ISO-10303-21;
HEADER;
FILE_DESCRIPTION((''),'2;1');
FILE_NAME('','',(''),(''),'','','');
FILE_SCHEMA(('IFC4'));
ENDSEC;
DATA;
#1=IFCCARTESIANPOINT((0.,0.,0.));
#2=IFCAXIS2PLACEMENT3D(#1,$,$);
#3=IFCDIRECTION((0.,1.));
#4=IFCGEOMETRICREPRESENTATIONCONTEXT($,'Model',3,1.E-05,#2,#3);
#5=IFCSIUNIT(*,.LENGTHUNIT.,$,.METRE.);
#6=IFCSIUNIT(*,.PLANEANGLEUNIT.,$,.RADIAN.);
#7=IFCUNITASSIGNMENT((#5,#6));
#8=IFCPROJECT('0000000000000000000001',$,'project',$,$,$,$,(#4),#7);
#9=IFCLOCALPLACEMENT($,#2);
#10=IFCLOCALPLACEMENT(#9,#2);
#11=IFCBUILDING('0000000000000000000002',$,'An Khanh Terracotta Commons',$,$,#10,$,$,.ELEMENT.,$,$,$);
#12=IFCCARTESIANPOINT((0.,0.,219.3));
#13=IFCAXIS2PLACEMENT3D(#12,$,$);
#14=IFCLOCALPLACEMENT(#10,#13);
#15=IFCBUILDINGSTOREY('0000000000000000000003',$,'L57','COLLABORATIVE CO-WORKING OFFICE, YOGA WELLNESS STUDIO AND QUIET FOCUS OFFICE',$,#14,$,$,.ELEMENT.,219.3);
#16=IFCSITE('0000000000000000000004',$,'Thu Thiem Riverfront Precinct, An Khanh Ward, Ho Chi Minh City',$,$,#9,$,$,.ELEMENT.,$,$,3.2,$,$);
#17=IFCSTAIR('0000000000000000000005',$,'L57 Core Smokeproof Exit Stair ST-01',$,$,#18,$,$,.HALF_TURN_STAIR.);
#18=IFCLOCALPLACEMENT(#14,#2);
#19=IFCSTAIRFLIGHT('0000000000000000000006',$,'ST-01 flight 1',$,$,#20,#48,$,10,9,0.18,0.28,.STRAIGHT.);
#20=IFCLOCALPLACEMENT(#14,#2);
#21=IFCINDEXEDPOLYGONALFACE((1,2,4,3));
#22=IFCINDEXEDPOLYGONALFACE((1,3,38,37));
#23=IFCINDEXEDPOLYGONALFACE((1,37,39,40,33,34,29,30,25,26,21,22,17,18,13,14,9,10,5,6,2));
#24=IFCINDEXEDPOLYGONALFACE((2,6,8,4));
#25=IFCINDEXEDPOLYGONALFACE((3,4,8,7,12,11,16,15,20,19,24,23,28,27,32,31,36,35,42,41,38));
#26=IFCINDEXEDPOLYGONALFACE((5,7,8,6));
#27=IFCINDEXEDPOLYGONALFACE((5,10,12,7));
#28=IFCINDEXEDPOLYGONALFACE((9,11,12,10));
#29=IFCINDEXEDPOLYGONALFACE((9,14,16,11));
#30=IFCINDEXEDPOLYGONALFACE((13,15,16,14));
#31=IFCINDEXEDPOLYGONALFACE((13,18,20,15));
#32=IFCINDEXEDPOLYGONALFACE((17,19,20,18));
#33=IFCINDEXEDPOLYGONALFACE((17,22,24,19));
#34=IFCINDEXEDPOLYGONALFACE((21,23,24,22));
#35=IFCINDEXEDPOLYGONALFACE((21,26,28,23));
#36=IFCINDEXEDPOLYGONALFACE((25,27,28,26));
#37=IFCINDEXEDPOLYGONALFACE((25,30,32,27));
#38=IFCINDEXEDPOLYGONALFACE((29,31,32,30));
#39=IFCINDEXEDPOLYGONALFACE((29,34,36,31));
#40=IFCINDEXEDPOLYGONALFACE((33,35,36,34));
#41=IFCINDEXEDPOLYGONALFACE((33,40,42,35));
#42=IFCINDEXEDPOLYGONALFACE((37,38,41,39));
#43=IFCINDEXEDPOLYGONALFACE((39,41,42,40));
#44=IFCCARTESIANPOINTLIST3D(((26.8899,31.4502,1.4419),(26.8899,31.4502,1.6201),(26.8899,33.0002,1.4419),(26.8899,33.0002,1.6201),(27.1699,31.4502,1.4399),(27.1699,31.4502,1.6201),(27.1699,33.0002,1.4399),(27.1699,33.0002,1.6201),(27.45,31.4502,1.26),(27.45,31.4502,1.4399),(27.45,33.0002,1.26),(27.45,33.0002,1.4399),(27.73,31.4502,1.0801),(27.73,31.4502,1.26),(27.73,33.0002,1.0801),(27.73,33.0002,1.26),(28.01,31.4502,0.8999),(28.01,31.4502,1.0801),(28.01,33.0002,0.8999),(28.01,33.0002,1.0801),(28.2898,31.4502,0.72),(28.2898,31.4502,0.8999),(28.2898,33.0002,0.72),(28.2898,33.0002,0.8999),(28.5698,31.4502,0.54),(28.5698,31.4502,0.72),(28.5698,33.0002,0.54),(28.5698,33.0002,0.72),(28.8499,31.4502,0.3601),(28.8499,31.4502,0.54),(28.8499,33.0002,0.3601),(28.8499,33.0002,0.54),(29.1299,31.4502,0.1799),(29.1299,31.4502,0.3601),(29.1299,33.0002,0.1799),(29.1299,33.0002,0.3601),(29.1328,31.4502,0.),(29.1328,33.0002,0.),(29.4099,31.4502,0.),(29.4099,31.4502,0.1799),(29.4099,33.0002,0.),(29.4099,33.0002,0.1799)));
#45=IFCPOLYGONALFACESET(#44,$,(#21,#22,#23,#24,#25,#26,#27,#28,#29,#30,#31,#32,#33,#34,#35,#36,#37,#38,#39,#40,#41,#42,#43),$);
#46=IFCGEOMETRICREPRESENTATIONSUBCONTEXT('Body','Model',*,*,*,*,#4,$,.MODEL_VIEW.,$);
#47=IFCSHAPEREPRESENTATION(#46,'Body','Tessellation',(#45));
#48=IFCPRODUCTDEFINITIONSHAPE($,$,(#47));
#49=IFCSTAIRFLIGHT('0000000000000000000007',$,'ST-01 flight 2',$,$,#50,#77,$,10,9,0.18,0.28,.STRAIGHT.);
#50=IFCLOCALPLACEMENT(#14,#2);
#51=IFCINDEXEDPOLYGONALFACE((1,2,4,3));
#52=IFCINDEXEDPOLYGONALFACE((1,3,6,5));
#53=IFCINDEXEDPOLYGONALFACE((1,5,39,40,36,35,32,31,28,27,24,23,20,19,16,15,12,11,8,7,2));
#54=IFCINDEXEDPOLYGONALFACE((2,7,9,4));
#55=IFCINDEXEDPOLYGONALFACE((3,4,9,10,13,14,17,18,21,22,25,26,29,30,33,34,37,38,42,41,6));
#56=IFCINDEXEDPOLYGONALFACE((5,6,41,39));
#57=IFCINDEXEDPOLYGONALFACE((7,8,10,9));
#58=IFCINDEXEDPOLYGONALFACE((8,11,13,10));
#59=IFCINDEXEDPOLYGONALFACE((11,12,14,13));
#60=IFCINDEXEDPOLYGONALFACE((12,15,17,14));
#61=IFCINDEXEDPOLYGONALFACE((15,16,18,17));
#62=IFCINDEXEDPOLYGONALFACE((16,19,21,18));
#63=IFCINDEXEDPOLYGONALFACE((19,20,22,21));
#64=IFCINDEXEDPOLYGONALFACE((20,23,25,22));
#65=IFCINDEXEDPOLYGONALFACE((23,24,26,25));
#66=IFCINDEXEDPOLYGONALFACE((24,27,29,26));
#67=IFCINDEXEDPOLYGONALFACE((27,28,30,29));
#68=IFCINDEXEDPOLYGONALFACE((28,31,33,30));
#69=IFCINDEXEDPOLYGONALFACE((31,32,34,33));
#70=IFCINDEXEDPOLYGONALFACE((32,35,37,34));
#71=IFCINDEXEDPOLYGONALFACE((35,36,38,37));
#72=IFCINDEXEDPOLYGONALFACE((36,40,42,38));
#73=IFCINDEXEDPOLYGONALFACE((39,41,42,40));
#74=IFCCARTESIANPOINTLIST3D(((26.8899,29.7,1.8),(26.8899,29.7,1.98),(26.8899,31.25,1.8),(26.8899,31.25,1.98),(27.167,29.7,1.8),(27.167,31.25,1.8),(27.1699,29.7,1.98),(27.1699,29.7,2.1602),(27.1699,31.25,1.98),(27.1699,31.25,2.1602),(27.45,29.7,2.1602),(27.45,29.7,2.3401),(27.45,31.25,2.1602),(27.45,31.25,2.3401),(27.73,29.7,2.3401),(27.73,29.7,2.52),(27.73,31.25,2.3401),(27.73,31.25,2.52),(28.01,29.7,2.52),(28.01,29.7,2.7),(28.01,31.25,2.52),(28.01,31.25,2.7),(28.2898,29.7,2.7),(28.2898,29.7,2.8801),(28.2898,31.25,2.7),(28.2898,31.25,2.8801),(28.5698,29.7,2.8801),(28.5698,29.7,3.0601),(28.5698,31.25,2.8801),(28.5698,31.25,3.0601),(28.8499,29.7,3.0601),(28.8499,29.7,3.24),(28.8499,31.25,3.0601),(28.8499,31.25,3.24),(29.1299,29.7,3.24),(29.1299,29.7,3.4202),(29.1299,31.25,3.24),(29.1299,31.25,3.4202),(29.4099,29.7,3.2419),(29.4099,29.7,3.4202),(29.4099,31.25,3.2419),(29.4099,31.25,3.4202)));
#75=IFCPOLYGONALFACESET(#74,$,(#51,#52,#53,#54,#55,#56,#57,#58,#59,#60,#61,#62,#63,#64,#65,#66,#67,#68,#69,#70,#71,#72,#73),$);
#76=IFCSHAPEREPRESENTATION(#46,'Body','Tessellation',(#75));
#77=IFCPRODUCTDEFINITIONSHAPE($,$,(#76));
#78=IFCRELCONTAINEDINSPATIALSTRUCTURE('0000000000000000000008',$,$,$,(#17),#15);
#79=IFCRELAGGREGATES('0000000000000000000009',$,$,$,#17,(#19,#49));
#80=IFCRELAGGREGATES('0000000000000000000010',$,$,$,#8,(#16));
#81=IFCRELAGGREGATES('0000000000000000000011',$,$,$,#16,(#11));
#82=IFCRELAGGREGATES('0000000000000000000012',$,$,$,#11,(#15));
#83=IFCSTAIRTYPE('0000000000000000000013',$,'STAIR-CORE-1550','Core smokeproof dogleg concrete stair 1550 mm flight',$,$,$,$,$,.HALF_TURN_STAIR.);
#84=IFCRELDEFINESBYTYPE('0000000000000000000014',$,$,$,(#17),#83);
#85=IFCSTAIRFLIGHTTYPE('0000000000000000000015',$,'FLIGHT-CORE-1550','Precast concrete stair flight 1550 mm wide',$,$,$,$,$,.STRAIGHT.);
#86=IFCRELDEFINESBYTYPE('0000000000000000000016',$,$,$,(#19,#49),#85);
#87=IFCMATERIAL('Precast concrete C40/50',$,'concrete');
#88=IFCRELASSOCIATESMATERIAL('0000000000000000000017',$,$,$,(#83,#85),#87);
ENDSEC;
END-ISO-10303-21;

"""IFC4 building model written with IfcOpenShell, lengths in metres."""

from ifc_helpers import new_model, si_unit, direction, frame, origin, place, context, subcontext, project, spatial, polyline, outline, extrude, material, type_object, element, aggregate, save


model = new_model("IFC4")

# Units and contexts
model_context = context("Model", 3, precision=1e-05, world=origin(), true_north=direction((0.0, 1.0)))
body_context = subcontext(model_context, "Body", "Model", "MODEL_VIEW")
ifc_project = project(units=[si_unit("LENGTHUNIT", "METRE"), si_unit("PLANEANGLEUNIT", "RADIAN")], contexts=[model_context])

# Site, building, storey
site_placement = place(None, origin())
site = spatial("IfcSite", under=ifc_project, at=site_placement, Name="Thu Thiem Riverfront Precinct, An Khanh Ward, Ho Chi Minh City", CompositionType="ELEMENT", RefElevation=3.2)
building_placement = place(site_placement, origin())
building = spatial("IfcBuilding", under=site, at=building_placement, Name="An Khanh Terracotta Commons", CompositionType="ELEMENT")
storey_placement = place(building_placement, frame((0.0, 0.0, 219.3)))
storey = spatial("IfcBuildingStorey", under=building, at=storey_placement, Name="L57", Description="COLLABORATIVE CO-WORKING OFFICE, YOGA WELLNESS STUDIO AND QUIET FOCUS OFFICE", CompositionType="ELEMENT", Elevation=219.3)

# Stair, stair flights
ifc_material_1 = material(Name="Precast concrete C40/50", Category="concrete")
stair_type = type_object("IfcStairType", Name="STAIR-CORE-1550", Description="Core smokeproof dogleg concrete stair 1550 mm flight", PredefinedType="HALF_TURN_STAIR", material=ifc_material_1)
stair_placement = place(storey_placement, origin())
stair = element("IfcStair", 1, at=stair_placement, inside=storey, type_object=stair_type, Name="L57 Core Smokeproof Exit Stair ST-01", PredefinedType="HALF_TURN_STAIR")
stair_flight_type = type_object("IfcStairFlightType", Name="FLIGHT-CORE-1550", Description="Precast concrete stair flight 1550 mm wide", PredefinedType="STRAIGHT", material=ifc_material_1)
stair_flight_1_placement = place(storey_placement, frame((29.4099, 32.2251, 0.0), z_axis=(0.0, 0.0, 1.0), x_axis=(-1.0, 0.0, 0.0)))
stair_flight_1 = element("IfcStairFlight", 2, at=stair_flight_1_placement, type_object=stair_flight_type, Name="ST-01 flight 1", NumberOfRisers=10, NumberOfTreads=9, PredefinedType="STRAIGHT", RiserHeight=0.18, TreadLength=0.28, context=body_context, shape_type="SweptSolid", body=[
    extrude(outline(polyline([(0.0, 0.0), (0.0, 0.1799), (0.28, 0.1799), (0.28, 0.3601), (0.5601, 0.3601), (0.5601, 0.54), (0.8401, 0.54), (0.8401, 0.72), (1.1201, 0.72), (1.1201, 0.8999), (1.3999, 0.8999), (1.3999, 1.0801), (1.6799, 1.0801), (1.6799, 1.26), (1.96, 1.26), (1.96, 1.4399), (2.24, 1.4399), (2.24, 1.6201), (2.52, 1.6201), (2.52, 1.8), (2.52, 1.4419), (0.2771, 0.0), (0.0, 0.0)])), frame((0.0, 0.7749, 0.0), z_axis=(0.0, -1.0, 0.0), x_axis=(1.0, 0.0, 0.0)), (0.0, 0.0, 1.0), 1.55),
])
stair_flight_2_placement = place(storey_placement, frame((26.8899, 30.4751, 1.8), z_axis=(0.0, 0.0, 1.0), x_axis=(1.0, 0.0, 0.0)))
stair_flight_2 = element("IfcStairFlight", 3, at=stair_flight_2_placement, type_object=stair_flight_type, Name="ST-01 flight 2", NumberOfRisers=10, NumberOfTreads=9, PredefinedType="STRAIGHT", RiserHeight=0.18, TreadLength=0.28, context=body_context, shape_type="SweptSolid", body=[
    extrude(outline(polyline([(0.0, 0.0), (0.0, 0.1799), (0.28, 0.1799), (0.28, 0.3601), (0.5601, 0.3601), (0.5601, 0.54), (0.8401, 0.54), (0.8401, 0.72), (1.1201, 0.72), (1.1201, 0.8999), (1.3999, 0.8999), (1.3999, 1.0801), (1.6799, 1.0801), (1.6799, 1.26), (1.96, 1.26), (1.96, 1.4399), (2.24, 1.4399), (2.24, 1.6201), (2.52, 1.6201), (2.52, 1.8), (2.52, 1.4419), (0.2771, 0.0), (0.0, 0.0)])), frame((0.0, 0.7749, 0.0), z_axis=(0.0, -1.0, 0.0), x_axis=(1.0, 0.0, 0.0)), (0.0, 0.0, 1.0), 1.55),
])
aggregate(stair, [stair_flight_1, stair_flight_2])

save(model, "model.ifc")
